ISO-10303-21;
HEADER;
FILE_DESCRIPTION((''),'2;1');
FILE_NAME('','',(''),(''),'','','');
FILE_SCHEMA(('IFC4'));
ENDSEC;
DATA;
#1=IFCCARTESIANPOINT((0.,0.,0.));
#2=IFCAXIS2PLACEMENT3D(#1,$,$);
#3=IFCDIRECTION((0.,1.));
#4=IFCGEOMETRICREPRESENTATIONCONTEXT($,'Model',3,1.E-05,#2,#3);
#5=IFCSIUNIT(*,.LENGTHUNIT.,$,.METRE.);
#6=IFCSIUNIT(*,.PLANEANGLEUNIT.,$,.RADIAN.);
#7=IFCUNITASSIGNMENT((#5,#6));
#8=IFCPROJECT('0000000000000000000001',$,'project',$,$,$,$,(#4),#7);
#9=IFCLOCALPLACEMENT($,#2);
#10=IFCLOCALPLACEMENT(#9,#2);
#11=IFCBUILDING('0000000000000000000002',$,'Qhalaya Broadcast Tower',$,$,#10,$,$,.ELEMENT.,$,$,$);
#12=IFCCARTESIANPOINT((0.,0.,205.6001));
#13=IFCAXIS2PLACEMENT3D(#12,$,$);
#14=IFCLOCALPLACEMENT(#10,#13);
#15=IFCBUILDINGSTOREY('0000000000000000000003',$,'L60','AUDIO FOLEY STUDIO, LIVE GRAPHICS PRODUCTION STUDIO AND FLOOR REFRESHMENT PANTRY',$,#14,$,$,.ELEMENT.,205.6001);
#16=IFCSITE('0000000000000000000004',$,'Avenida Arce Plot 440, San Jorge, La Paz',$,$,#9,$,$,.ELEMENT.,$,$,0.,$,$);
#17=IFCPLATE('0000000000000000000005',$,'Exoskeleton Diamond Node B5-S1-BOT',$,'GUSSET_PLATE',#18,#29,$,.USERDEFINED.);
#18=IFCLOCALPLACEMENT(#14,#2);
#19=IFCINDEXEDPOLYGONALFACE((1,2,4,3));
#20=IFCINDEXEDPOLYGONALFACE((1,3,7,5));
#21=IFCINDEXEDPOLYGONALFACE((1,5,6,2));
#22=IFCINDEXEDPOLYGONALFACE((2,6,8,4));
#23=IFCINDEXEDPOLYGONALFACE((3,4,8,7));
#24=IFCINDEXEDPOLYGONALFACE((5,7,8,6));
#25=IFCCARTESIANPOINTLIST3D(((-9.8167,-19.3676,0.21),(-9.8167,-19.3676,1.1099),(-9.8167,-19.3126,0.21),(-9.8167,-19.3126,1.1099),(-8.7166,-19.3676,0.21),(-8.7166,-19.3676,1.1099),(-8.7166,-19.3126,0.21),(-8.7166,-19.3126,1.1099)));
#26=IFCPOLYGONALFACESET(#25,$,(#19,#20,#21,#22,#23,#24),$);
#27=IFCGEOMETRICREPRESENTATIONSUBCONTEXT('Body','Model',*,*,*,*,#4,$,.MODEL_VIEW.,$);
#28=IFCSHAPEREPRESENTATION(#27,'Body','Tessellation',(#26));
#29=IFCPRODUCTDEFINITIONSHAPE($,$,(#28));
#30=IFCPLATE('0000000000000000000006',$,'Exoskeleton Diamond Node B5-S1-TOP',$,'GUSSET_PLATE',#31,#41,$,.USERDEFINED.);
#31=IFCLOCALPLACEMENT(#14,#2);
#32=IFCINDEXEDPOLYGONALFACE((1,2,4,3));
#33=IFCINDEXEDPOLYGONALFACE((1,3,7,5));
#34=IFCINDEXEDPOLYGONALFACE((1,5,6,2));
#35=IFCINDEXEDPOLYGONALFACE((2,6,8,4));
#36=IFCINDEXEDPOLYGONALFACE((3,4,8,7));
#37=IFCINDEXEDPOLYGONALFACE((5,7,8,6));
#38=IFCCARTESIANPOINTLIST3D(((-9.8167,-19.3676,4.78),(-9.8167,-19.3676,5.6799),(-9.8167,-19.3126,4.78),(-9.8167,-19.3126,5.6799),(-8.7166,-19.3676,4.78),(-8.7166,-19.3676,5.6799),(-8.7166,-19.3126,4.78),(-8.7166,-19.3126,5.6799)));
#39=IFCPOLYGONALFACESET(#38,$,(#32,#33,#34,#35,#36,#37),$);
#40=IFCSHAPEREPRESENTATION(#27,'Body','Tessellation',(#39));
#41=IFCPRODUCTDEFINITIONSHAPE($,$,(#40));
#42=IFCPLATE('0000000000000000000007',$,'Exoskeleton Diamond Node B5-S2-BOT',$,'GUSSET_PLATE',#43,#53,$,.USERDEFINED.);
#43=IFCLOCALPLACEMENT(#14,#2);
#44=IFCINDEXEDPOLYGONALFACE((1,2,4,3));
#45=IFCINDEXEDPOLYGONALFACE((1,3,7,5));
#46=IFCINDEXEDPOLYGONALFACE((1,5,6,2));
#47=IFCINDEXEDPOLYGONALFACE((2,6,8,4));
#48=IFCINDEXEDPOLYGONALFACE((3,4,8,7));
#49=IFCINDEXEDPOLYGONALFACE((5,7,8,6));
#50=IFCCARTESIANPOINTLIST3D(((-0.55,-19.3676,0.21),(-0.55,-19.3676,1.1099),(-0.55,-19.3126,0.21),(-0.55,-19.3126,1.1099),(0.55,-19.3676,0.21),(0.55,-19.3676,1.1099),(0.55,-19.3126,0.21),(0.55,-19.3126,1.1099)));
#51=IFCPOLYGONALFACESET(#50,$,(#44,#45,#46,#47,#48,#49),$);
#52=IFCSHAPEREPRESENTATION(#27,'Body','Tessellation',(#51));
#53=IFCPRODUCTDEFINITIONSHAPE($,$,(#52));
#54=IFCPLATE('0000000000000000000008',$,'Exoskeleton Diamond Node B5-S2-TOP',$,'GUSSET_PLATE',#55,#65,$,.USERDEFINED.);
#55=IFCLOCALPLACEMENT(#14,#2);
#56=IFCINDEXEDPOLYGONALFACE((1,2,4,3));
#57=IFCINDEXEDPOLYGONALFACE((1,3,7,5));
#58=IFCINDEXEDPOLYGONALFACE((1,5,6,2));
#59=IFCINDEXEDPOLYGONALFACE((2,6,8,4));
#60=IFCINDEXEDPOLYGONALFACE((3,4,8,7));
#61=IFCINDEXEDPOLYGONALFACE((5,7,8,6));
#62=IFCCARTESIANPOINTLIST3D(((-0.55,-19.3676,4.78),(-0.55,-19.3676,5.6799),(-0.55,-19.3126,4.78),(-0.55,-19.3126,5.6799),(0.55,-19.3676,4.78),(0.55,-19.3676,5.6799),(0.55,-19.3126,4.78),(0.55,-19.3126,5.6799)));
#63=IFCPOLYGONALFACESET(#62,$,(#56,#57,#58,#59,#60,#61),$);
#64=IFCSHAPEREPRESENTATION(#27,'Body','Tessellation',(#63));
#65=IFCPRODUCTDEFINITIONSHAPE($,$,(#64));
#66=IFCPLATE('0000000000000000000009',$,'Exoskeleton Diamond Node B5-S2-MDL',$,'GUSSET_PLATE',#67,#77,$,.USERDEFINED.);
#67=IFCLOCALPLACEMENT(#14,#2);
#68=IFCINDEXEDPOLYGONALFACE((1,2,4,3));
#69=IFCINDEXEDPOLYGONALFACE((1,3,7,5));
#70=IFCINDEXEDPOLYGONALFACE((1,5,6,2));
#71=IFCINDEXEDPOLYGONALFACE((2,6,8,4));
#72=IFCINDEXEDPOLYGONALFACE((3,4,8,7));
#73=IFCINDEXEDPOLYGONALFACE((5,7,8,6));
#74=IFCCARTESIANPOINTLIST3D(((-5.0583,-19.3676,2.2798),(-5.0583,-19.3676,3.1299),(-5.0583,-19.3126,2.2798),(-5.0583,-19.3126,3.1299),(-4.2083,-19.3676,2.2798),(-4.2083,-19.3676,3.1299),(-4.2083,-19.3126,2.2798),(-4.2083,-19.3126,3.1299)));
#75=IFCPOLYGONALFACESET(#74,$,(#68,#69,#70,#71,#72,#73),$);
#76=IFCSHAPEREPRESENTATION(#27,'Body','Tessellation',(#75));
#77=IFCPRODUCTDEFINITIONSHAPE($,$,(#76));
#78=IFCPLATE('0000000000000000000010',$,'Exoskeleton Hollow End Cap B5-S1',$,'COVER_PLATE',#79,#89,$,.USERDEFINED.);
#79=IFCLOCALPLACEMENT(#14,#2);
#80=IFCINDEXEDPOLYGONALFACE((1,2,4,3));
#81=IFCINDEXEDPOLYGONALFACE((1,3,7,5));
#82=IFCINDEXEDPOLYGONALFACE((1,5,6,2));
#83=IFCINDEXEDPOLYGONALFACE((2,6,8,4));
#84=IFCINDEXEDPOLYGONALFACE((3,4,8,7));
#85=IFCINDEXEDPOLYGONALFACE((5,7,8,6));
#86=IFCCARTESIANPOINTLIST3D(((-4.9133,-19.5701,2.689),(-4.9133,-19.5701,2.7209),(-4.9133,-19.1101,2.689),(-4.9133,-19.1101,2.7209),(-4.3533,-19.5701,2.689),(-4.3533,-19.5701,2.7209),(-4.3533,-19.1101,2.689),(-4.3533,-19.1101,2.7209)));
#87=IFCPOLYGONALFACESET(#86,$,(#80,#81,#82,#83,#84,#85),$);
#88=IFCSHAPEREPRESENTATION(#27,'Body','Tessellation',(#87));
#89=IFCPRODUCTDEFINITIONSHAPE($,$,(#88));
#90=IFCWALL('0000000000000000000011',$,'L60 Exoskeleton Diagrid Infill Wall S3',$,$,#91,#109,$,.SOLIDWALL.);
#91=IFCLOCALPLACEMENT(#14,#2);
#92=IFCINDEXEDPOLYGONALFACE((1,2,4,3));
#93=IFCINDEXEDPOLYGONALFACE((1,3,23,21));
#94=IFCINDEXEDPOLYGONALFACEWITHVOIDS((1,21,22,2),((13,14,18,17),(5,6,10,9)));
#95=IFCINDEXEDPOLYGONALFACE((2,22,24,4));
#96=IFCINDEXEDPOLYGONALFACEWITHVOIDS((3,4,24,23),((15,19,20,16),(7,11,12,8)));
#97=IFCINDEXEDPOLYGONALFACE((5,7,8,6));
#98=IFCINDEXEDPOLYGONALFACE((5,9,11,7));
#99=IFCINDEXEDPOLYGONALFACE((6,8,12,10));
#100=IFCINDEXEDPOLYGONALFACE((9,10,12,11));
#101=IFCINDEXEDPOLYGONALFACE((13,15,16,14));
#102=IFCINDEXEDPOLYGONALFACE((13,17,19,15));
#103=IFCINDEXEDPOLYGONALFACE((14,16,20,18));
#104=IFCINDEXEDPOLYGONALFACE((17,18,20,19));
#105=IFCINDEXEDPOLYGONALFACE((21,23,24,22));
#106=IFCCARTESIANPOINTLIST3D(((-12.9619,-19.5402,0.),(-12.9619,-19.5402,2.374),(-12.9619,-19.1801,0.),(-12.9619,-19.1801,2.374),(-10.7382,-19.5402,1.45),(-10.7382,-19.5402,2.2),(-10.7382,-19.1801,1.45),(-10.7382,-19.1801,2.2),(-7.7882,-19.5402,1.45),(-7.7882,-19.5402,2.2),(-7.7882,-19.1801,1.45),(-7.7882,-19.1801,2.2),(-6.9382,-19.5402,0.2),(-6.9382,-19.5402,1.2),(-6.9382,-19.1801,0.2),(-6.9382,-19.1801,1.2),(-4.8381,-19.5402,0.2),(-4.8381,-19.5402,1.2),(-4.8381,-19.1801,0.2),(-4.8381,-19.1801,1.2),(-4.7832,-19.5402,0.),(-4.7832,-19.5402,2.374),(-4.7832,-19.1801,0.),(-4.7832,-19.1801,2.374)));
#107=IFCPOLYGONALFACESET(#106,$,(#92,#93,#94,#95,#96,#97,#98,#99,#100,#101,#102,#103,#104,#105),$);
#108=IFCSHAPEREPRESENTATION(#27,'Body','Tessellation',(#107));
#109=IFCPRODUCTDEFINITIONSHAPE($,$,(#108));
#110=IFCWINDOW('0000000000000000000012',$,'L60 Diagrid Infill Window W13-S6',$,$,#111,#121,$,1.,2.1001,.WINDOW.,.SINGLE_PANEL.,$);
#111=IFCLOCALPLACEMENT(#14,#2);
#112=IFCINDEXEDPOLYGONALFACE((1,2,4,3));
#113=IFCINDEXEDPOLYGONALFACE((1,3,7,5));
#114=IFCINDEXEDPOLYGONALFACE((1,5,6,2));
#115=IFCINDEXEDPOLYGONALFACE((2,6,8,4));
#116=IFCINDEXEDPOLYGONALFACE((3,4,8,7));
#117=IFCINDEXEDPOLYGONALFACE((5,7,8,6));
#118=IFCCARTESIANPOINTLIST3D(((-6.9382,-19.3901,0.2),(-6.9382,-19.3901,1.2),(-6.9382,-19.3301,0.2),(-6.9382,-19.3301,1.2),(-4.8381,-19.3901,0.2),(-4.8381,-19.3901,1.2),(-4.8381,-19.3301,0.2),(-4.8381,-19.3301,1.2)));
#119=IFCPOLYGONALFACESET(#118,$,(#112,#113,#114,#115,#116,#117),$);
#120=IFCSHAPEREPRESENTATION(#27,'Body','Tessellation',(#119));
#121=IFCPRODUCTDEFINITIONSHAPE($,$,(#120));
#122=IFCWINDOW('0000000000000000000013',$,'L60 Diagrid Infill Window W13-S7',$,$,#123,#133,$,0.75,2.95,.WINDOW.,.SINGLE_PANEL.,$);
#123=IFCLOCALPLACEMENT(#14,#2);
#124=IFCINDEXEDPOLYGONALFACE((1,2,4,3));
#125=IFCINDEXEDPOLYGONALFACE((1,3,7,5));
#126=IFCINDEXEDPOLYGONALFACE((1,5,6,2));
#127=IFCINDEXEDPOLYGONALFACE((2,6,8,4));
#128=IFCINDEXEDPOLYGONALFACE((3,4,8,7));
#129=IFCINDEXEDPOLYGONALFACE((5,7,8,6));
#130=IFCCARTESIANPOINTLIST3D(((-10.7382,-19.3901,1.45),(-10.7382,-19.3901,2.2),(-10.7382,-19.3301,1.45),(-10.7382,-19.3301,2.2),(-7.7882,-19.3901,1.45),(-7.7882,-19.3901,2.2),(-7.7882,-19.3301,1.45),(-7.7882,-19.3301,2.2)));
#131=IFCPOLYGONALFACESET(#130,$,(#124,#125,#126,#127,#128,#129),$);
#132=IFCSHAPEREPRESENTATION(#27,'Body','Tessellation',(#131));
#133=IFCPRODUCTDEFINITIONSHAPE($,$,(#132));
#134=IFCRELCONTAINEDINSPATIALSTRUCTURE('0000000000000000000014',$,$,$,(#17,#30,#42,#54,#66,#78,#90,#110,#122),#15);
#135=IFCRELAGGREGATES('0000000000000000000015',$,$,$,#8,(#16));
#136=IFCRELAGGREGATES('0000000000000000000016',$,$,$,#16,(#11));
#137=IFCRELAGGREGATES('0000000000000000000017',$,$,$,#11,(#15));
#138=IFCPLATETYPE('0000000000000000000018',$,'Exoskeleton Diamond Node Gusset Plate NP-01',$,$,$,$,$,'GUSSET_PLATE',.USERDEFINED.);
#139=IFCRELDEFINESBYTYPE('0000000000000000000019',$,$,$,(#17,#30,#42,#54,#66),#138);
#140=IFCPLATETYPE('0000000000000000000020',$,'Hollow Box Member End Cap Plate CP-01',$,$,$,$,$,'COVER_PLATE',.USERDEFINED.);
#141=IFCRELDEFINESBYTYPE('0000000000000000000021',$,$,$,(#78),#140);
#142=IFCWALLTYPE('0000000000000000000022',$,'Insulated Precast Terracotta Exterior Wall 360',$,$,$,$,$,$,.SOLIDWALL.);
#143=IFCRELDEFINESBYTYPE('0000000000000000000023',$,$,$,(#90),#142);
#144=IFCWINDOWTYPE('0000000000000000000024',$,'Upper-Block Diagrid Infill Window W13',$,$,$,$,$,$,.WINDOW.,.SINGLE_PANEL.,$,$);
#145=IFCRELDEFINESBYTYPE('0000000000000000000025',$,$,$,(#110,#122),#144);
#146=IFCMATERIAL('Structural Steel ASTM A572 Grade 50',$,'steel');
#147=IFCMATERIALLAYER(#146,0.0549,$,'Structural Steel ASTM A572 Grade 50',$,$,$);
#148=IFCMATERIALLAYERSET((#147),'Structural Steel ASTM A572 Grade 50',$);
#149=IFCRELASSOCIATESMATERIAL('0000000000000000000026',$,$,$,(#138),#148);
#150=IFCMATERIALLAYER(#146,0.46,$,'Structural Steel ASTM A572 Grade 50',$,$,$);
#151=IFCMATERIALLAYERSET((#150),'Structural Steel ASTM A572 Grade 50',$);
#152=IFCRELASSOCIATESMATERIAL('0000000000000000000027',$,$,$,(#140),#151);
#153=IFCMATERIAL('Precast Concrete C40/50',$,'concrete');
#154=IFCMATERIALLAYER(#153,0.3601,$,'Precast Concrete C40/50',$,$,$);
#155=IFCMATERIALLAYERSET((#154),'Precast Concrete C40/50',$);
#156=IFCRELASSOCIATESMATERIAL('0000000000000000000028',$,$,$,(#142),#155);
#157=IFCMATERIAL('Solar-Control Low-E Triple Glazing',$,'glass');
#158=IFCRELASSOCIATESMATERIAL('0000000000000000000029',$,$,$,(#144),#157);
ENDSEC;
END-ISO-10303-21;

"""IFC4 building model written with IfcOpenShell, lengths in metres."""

from ifc_helpers import new_model, si_unit, direction, frame, frame_2d, origin, origin_2d, place, context, subcontext, project, spatial, rectangle, extrude, material, layer, layer_set, type_object, element, fill, save


model = new_model("IFC4")

# Units and contexts
model_context = context("Model", 3, precision=1e-05, world=origin(), true_north=direction((0.0, 1.0)))
body_context = subcontext(model_context, "Body", "Model", "MODEL_VIEW")
ifc_project = project(units=[si_unit("LENGTHUNIT", "METRE"), si_unit("PLANEANGLEUNIT", "RADIAN")], contexts=[model_context])

# Site, building, storey
site_placement = place(None, origin())
site = spatial("IfcSite", under=ifc_project, at=site_placement, Name="Avenida Arce Plot 440, San Jorge, La Paz", CompositionType="ELEMENT", RefElevation=0.0)
building_placement = place(site_placement, origin())
building = spatial("IfcBuilding", under=site, at=building_placement, Name="Qhalaya Broadcast Tower", CompositionType="ELEMENT")
storey_placement = place(building_placement, frame((0.0, 0.0, 205.6001)))
storey = spatial("IfcBuildingStorey", under=building, at=storey_placement, Name="L60", Description="AUDIO FOLEY STUDIO, LIVE GRAPHICS PRODUCTION STUDIO AND FLOOR REFRESHMENT PANTRY", CompositionType="ELEMENT", Elevation=205.6001)

# Shared definitions
ifc_material_1 = material(Name="Structural Steel ASTM A572 Grade 50", Category="steel")

# Plates
ifc_layer_1 = layer(ifc_material_1, 0.0549, Name="Structural Steel ASTM A572 Grade 50")
ifc_layer_set_1 = layer_set([ifc_layer_1], Name="Structural Steel ASTM A572 Grade 50")
plate_type_1 = type_object("IfcPlateType", Name="Exoskeleton Diamond Node Gusset Plate NP-01", ElementType="GUSSET_PLATE", PredefinedType="USERDEFINED", material=ifc_layer_set_1)
for number, where, z_axis, x_axis, name in (
    (1, (-9.2666, -19.3401, 0.21), (0.0, 0.0, 1.0), (1.0, 0.0, 0.0), "Exoskeleton Diamond Node B5-S1-BOT"),
    (2, (-9.2666, -19.3401, 4.78), (0.0, 0.0, 1.0), (1.0, 0.0, 0.0), "Exoskeleton Diamond Node B5-S1-TOP"),
    (3, (0.0, -19.3401, 0.21), (0.0, 0.0, 1.0), (1.0, 0.0, 0.0), "Exoskeleton Diamond Node B5-S2-BOT"),
    (4, (0.0, -19.3401, 4.78), (0.0, 0.0, 1.0), (1.0, 0.0, 0.0), "Exoskeleton Diamond Node B5-S2-TOP"),
):
    element("IfcPlate", number, at=place(storey_placement, frame(where, z_axis=z_axis, x_axis=x_axis)), inside=storey, type_object=plate_type_1, Name=name, ObjectType="GUSSET_PLATE", PredefinedType="USERDEFINED", context=body_context, shape_type="SweptSolid", body=[
        extrude(rectangle(XDim=1.1001, YDim=0.0549, at=origin_2d()), origin(), (0.0, 0.0, 1.0), 0.8999),
    ])
plate_1_placement = place(storey_placement, frame((-4.6333, -19.3401, 2.2798), z_axis=(0.0, 0.0, 1.0), x_axis=(1.0, 0.0, 0.0)))
element("IfcPlate", 5, at=plate_1_placement, inside=storey, type_object=plate_type_1, Name="Exoskeleton Diamond Node B5-S2-MDL", ObjectType="GUSSET_PLATE", PredefinedType="USERDEFINED", context=body_context, shape_type="SweptSolid", body=[
    extrude(rectangle(XDim=0.8501, YDim=0.0549, at=origin_2d()), origin(), (0.0, 0.0, 1.0), 0.8501),
])
ifc_layer_2 = layer(ifc_material_1, 0.46, Name="Structural Steel ASTM A572 Grade 50")
ifc_layer_set_2 = layer_set([ifc_layer_2], Name="Structural Steel ASTM A572 Grade 50")
plate_type_2 = type_object("IfcPlateType", Name="Hollow Box Member End Cap Plate CP-01", ElementType="COVER_PLATE", PredefinedType="USERDEFINED", material=ifc_layer_set_2)
plate_2_placement = place(storey_placement, frame((-4.6333, -19.3401, 2.689), z_axis=(0.0, 0.0, 1.0), x_axis=(1.0, 0.0, 0.0)))
element("IfcPlate", 6, at=plate_2_placement, inside=storey, type_object=plate_type_2, Name="Exoskeleton Hollow End Cap B5-S1", ObjectType="COVER_PLATE", PredefinedType="USERDEFINED", context=body_context, shape_type="SweptSolid", body=[
    extrude(rectangle(XDim=0.5601, YDim=0.46, at=origin_2d()), origin(), (0.0, 0.0, 1.0), 0.032),
])

# Wall, openings, windows
ifc_material_2 = material(Name="Precast Concrete C40/50", Category="concrete")
ifc_layer_3 = layer(ifc_material_2, 0.3601, Name="Precast Concrete C40/50")
ifc_layer_set_3 = layer_set([ifc_layer_3], Name="Precast Concrete C40/50")
wall_type = type_object("IfcWallType", Name="Insulated Precast Terracotta Exterior Wall 360", PredefinedType="SOLIDWALL", material=ifc_layer_set_3)
wall_placement = place(storey_placement, frame((-4.7832, -19.3601, 0.0), z_axis=(0.0, 0.0, 1.0), x_axis=(-1.0, 0.0, 0.0)))
wall = element("IfcWall", 7, at=wall_placement, inside=storey, type_object=wall_type, Name="L60 Exoskeleton Diagrid Infill Wall S3", PredefinedType="SOLIDWALL", context=body_context, shape_type="SweptSolid", body=[
    extrude(rectangle(XDim=8.1787, YDim=0.3601, at=frame_2d((4.0894, 0.0))), origin(), (0.0, 0.0, 1.0), 2.374),
])
opening_1_placement = place(wall_placement, frame((0.0549, 0.0, 0.2)))
opening_1 = element("IfcOpeningElement", 8, at=opening_1_placement, cuts=wall, PredefinedType="OPENING", context=body_context, shape_type="SweptSolid", body=[
    extrude(rectangle(XDim=2.1001, YDim=1.0, at=frame_2d((1.05, 0.5))), frame((0.0, 0.1921, 0.0), z_axis=(0.0, -1.0, 0.0), x_axis=(1.0, 0.0, 0.0)), (0.0, 0.0, 1.0), 0.384),
])
opening_2_placement = place(wall_placement, frame((3.0049, 0.0, 1.45)))
opening_2 = element("IfcOpeningElement", 9, at=opening_2_placement, cuts=wall, PredefinedType="OPENING", context=body_context, shape_type="SweptSolid", body=[
    extrude(rectangle(XDim=2.95, YDim=0.75, at=frame_2d((1.4751, 0.375))), frame((0.0, 0.1921, 0.0), z_axis=(0.0, -1.0, 0.0), x_axis=(1.0, 0.0, 0.0)), (0.0, 0.0, 1.0), 0.384),
])
ifc_material_3 = material(Name="Solar-Control Low-E Triple Glazing", Category="glass")
window_type = type_object("IfcWindowType", Name="Upper-Block Diagrid Infill Window W13", PartitioningType="SINGLE_PANEL", PredefinedType="WINDOW", material=ifc_material_3)
window_1_placement = place(opening_1_placement, origin())
window_1 = element("IfcWindow", 10, at=window_1_placement, inside=storey, type_object=window_type, Name="L60 Diagrid Infill Window W13-S6", OverallHeight=1.0, OverallWidth=2.1001, PartitioningType="SINGLE_PANEL", PredefinedType="WINDOW", context=body_context, shape_type="SweptSolid", body=[
    extrude(rectangle(XDim=2.1001, YDim=1.0, at=frame_2d((1.05, 0.5))), frame((0.0, 0.03, 0.0), z_axis=(0.0, -1.0, 0.0), x_axis=(1.0, 0.0, 0.0)), (0.0, 0.0, 1.0), 0.0601),
])
fill(opening_1, window_1)
window_2_placement = place(opening_2_placement, origin())
window_2 = element("IfcWindow", 11, at=window_2_placement, inside=storey, type_object=window_type, Name="L60 Diagrid Infill Window W13-S7", OverallHeight=0.75, OverallWidth=2.95, PartitioningType="SINGLE_PANEL", PredefinedType="WINDOW", context=body_context, shape_type="SweptSolid", body=[
    extrude(rectangle(XDim=2.95, YDim=0.75, at=frame_2d((1.4751, 0.375))), frame((0.0, 0.03, 0.0), z_axis=(0.0, -1.0, 0.0), x_axis=(1.0, 0.0, 0.0)), (0.0, 0.0, 1.0), 0.0601),
])
fill(opening_2, window_2)

save(model, "model.ifc")
